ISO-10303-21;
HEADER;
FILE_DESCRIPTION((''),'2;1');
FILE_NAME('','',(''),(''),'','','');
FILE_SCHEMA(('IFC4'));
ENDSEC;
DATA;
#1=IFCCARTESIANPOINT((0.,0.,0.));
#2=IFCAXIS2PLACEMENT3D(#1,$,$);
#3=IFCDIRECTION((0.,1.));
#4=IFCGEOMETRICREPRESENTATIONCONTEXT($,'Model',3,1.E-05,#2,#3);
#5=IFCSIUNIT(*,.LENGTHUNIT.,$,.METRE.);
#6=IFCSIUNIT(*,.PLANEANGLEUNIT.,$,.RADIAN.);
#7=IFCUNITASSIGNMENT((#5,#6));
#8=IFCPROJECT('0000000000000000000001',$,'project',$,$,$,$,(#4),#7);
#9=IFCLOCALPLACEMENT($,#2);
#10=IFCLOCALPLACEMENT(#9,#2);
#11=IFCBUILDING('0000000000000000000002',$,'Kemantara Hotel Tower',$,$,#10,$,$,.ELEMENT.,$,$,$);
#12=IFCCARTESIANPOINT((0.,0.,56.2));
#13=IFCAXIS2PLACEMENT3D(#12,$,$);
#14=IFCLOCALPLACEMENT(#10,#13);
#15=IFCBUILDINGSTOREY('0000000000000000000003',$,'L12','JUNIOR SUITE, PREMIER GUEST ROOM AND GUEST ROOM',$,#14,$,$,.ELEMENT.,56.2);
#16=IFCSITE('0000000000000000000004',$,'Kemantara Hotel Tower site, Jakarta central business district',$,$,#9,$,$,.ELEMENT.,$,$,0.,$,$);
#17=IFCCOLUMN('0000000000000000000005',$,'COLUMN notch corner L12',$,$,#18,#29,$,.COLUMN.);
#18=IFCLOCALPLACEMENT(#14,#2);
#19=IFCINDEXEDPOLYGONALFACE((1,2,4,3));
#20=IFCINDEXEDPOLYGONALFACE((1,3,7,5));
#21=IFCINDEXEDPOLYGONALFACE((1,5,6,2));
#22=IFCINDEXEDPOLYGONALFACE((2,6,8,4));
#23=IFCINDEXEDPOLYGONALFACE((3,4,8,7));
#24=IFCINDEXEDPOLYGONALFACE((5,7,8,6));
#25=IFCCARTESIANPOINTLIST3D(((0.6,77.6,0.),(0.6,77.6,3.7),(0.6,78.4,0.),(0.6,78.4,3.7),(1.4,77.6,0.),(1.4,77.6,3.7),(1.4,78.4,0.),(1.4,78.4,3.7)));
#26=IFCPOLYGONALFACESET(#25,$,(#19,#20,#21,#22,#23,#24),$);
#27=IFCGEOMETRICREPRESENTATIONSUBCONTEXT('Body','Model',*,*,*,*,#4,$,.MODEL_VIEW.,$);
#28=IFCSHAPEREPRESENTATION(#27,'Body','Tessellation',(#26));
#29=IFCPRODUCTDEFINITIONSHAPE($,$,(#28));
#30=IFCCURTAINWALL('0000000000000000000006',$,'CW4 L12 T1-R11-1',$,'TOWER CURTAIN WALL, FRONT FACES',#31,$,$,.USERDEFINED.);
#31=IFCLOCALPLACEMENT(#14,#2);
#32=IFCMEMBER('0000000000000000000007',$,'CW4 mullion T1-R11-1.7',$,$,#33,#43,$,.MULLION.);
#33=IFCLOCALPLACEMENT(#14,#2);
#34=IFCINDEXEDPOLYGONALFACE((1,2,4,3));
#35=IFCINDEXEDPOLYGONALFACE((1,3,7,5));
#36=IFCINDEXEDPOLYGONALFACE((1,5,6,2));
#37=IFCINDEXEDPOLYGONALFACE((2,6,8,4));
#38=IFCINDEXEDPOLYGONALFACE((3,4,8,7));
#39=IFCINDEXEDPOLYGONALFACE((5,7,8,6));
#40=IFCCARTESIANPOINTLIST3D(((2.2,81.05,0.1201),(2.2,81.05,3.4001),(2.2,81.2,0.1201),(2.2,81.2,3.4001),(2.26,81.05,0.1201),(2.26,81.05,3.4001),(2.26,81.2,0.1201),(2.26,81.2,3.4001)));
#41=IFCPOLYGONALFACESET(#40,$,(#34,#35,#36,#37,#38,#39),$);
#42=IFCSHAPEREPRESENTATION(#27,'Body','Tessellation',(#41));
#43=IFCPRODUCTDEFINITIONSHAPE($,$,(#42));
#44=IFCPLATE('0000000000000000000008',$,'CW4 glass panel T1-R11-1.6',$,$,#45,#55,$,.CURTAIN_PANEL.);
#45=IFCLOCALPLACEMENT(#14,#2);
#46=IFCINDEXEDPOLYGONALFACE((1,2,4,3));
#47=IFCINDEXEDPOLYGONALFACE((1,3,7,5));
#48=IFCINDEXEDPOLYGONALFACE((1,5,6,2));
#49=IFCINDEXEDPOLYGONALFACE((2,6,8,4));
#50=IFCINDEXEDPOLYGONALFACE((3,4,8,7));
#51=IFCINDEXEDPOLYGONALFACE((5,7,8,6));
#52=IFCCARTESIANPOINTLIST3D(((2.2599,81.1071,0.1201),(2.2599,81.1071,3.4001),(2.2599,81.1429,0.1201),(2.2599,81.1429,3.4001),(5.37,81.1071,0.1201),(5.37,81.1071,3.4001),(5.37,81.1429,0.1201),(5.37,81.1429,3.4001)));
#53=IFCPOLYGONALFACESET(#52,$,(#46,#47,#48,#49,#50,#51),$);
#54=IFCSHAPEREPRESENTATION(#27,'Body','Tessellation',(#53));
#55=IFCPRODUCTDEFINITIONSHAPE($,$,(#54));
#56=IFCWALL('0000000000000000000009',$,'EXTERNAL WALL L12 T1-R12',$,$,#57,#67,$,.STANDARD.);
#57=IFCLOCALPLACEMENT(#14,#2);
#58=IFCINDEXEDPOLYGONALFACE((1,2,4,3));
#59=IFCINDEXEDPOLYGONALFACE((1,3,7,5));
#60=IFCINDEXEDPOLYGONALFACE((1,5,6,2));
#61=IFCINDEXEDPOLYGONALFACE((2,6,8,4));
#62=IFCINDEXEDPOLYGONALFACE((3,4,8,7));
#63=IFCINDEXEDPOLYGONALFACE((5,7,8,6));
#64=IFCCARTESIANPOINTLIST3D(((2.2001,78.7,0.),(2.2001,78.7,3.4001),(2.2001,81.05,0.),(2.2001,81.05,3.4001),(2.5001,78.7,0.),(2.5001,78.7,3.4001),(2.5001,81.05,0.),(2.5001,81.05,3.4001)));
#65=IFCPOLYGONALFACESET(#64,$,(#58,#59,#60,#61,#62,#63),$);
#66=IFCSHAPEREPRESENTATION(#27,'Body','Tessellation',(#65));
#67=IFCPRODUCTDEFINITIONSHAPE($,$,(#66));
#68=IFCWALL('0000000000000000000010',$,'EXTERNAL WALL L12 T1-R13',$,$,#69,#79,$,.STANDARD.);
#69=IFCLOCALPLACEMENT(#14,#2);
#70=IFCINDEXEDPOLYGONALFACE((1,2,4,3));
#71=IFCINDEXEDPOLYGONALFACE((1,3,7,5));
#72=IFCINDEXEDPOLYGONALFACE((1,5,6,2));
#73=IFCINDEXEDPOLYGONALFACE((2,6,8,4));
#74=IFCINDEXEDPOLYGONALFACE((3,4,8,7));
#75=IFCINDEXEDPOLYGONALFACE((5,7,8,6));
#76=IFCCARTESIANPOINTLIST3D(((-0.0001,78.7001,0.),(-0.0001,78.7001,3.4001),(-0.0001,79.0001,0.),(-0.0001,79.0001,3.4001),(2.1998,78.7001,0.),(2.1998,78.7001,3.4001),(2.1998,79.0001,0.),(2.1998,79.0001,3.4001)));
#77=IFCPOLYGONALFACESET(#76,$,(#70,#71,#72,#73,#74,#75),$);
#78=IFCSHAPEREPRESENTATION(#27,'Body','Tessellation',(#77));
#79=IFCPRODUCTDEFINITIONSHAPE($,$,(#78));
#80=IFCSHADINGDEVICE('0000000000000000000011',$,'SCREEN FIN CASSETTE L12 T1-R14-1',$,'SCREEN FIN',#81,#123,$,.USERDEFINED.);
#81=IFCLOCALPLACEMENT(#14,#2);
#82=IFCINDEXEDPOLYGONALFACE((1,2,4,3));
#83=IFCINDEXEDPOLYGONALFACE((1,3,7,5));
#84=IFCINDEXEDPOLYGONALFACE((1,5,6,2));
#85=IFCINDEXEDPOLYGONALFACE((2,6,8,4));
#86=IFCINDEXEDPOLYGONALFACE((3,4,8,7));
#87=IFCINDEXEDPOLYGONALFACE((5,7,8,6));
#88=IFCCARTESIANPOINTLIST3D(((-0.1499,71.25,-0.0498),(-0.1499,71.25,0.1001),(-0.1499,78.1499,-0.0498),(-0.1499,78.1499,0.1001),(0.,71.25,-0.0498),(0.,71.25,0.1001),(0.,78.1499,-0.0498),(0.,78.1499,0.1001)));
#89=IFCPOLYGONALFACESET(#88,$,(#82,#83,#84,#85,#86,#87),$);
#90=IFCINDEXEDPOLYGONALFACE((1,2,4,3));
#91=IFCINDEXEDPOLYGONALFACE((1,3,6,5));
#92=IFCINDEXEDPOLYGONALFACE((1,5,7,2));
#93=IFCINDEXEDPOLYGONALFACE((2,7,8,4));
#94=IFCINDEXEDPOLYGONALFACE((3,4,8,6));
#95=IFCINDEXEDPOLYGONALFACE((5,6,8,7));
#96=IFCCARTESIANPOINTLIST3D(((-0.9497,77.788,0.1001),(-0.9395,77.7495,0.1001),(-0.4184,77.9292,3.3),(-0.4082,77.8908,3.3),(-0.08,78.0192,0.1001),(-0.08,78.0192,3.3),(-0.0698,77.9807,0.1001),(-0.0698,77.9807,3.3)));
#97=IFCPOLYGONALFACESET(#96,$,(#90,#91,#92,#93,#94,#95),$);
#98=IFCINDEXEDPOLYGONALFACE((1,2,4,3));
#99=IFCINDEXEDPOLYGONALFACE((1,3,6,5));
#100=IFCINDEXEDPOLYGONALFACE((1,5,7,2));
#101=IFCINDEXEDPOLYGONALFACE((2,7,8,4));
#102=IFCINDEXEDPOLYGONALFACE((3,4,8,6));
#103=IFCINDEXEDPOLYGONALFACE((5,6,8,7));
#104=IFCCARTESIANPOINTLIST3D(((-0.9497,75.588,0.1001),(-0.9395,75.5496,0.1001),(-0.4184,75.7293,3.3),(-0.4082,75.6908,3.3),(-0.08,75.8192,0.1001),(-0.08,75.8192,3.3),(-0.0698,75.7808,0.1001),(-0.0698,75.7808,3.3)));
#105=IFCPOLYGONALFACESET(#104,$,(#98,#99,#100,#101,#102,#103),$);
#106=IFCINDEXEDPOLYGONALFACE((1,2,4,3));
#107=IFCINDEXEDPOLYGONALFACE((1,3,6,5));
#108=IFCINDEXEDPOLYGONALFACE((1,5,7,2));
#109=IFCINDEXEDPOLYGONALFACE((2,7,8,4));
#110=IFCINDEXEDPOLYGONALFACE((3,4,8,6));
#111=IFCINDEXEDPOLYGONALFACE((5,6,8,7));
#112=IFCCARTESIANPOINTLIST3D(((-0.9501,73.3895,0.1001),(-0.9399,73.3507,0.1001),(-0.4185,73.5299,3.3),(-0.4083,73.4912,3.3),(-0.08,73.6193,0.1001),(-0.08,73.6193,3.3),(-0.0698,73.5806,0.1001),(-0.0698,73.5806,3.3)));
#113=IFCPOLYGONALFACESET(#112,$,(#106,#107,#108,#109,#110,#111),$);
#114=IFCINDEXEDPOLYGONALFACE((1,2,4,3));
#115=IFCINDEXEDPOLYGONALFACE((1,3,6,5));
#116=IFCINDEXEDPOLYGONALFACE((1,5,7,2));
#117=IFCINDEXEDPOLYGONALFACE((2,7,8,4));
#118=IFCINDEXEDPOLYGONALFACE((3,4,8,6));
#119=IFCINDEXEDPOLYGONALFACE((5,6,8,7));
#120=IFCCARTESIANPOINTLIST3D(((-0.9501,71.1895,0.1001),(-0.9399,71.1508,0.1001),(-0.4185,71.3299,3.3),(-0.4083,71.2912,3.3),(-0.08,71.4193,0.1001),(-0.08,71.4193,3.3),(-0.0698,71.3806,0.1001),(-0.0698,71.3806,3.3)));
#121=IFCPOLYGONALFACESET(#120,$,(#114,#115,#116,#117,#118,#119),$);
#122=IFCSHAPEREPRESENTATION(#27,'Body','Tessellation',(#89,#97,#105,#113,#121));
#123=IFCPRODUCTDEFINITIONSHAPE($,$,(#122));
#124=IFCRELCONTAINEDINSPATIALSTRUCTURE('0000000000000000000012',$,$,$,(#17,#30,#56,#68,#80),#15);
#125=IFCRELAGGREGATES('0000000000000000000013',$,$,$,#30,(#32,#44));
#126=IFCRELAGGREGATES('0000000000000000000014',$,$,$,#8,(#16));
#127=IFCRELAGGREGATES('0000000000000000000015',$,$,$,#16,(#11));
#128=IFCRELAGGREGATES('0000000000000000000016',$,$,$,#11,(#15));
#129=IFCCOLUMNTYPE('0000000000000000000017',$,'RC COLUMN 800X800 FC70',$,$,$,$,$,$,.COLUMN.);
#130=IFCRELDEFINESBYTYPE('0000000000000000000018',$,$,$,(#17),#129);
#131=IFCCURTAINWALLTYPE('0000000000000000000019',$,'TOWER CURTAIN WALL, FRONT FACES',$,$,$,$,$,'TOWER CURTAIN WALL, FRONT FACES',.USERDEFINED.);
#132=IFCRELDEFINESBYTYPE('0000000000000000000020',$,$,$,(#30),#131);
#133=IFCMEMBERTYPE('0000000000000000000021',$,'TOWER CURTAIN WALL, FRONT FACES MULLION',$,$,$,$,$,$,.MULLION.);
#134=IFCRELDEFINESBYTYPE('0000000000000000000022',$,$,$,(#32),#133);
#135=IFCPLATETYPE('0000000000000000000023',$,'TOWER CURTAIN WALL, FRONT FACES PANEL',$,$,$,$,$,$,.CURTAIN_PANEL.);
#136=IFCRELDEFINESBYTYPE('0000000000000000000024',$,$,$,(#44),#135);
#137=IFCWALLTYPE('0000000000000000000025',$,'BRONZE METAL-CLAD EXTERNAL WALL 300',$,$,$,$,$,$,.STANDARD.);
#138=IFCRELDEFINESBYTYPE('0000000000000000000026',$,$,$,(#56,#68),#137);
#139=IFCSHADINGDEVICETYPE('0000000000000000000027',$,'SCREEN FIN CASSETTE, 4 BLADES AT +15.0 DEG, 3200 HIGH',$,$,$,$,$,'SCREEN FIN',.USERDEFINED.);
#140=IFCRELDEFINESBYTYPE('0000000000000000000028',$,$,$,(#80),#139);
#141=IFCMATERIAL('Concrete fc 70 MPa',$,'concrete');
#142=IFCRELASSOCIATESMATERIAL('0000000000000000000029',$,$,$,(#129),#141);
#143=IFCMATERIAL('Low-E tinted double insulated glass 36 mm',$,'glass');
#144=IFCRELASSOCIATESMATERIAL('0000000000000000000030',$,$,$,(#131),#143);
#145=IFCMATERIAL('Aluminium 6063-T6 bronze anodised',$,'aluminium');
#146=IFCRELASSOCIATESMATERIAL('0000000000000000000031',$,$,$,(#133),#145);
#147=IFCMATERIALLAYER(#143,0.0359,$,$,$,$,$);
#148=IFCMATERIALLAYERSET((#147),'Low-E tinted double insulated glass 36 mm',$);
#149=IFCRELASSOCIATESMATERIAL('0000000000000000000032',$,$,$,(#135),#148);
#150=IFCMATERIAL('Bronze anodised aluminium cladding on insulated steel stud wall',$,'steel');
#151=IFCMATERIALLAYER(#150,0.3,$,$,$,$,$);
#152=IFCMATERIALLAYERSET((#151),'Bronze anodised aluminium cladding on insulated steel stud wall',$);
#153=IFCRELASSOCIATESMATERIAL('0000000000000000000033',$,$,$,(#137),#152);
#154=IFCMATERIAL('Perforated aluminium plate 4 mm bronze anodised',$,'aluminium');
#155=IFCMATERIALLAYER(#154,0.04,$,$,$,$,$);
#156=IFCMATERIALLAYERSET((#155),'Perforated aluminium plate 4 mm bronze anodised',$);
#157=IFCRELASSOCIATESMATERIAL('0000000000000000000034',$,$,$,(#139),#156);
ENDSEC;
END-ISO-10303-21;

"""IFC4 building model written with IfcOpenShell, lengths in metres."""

from ifc_helpers import new_model, si_unit, direction, frame, frame_2d, origin, origin_2d, place, context, subcontext, project, spatial, polyline, rectangle, outline, extrude, source, transform, mapped, material, layer, layer_set, material_profile, profile_set, type_object, element, aggregate, save


model = new_model("IFC4")

# Units and contexts
model_context = context("Model", 3, precision=1e-05, world=origin(), true_north=direction((0.0, 1.0)))
body_context = subcontext(model_context, "Body", "Model", "MODEL_VIEW")
ifc_project = project(units=[si_unit("LENGTHUNIT", "METRE"), si_unit("PLANEANGLEUNIT", "RADIAN")], contexts=[model_context])

# Site, building, storey
site_placement = place(None, origin())
site = spatial("IfcSite", under=ifc_project, at=site_placement, Name="Kemantara Hotel Tower site, Jakarta central business district", CompositionType="ELEMENT", RefElevation=0.0)
building_placement = place(site_placement, origin())
building = spatial("IfcBuilding", under=site, at=building_placement, Name="Kemantara Hotel Tower", CompositionType="ELEMENT")
storey_placement = place(building_placement, frame((0.0, 0.0, 56.2)))
storey = spatial("IfcBuildingStorey", under=building, at=storey_placement, Name="L12", Description="JUNIOR SUITE, PREMIER GUEST ROOM AND GUEST ROOM", CompositionType="ELEMENT", Elevation=56.2)

# Column
ifc_material_1 = material(Name="Concrete fc 70 MPa", Category="concrete")
ifc_material_profile_1 = material_profile(ifc_material_1, rectangle(XDim=0.8, YDim=0.8, at=origin_2d()), Name="RC 800X800")
ifc_profile_set_1 = profile_set([ifc_material_profile_1], Name="Concrete fc 70 MPa")
column_type = type_object("IfcColumnType", Name="RC COLUMN 800X800 FC70", PredefinedType="COLUMN", material=ifc_profile_set_1)
column_placement = place(storey_placement, frame((1.0, 78.0, 0.0), z_axis=(0.0, 0.0, 1.0), x_axis=(1.0, 0.0, 0.0)))
element("IfcColumn", 1, at=column_placement, inside=storey, type_object=column_type, Name="COLUMN notch corner L12", PredefinedType="COLUMN", context=body_context, shape_type="SweptSolid", body=[
    extrude(rectangle(XDim=0.8, YDim=0.8, at=origin_2d()), origin(), (0.0, 0.0, 1.0), 3.7),
])

# Curtain wall, member, plate
ifc_material_2 = material(Name="Low-E tinted double insulated glass 36 mm", Category="glass")
curtain_wall_type = type_object("IfcCurtainWallType", Name="TOWER CURTAIN WALL, FRONT FACES", ElementType="TOWER CURTAIN WALL, FRONT FACES", PredefinedType="USERDEFINED", material=ifc_material_2)
curtain_wall_placement = place(storey_placement, origin())
curtain_wall = element("IfcCurtainWall", 2, at=curtain_wall_placement, inside=storey, type_object=curtain_wall_type, Name="CW4 L12 T1-R11-1", ObjectType="TOWER CURTAIN WALL, FRONT FACES", PredefinedType="USERDEFINED")
ifc_material_3 = material(Name="Aluminium 6063-T6 bronze anodised", Category="aluminium")
ifc_material_profile_2 = material_profile(ifc_material_3, rectangle(XDim=0.1499, YDim=0.0601, at=origin_2d()), Name="TOWER CURTAIN WALL, FRONT FACES MULLION")
ifc_profile_set_2 = profile_set([ifc_material_profile_2], Name="Aluminium 6063-T6 bronze anodised")
member_type = type_object("IfcMemberType", Name="TOWER CURTAIN WALL, FRONT FACES MULLION", PredefinedType="MULLION", material=ifc_profile_set_2)
shared_shape_1 = source(origin(), body_context, "Body", "SweptSolid", [
    extrude(rectangle(XDim=0.1499, YDim=0.0601, at=origin_2d()), origin(), (0.0, 0.0, 1.0), 3.28),
])
member_placement = place(storey_placement, frame((2.23, 81.125, 0.1201), z_axis=(0.0, 0.0, 1.0), x_axis=(0.0, -1.0, 0.0)))
member = element("IfcMember", 3, at=member_placement, type_object=member_type, Name="CW4 mullion T1-R11-1.7", PredefinedType="MULLION", context=body_context, shape_type="MappedRepresentation", body=[
    mapped(shared_shape_1, transform((0.0, 0.0, 0.0))),
])
ifc_layer_1 = layer(ifc_material_2, 0.0359)
ifc_layer_set_1 = layer_set([ifc_layer_1], Name="Low-E tinted double insulated glass 36 mm")
plate_type = type_object("IfcPlateType", Name="TOWER CURTAIN WALL, FRONT FACES PANEL", PredefinedType="CURTAIN_PANEL", material=ifc_layer_set_1)
shared_shape_2 = source(origin(), body_context, "Body", "SweptSolid", [
    extrude(rectangle(XDim=3.1101, YDim=0.0359, at=origin_2d()), origin(), (0.0, 0.0, 1.0), 3.28),
])
plate_placement = place(storey_placement, frame((3.8149, 81.125, 0.1201), z_axis=(0.0, 0.0, 1.0), x_axis=(-1.0, 0.0, 0.0)))
plate = element("IfcPlate", 4, at=plate_placement, type_object=plate_type, Name="CW4 glass panel T1-R11-1.6", PredefinedType="CURTAIN_PANEL", context=body_context, shape_type="MappedRepresentation", body=[
    mapped(shared_shape_2, transform((0.0, 0.0, 0.0))),
])
aggregate(curtain_wall, [member, plate])

# Walls
ifc_material_4 = material(Name="Bronze anodised aluminium cladding on insulated steel stud wall", Category="steel")
ifc_layer_2 = layer(ifc_material_4, 0.3)
ifc_layer_set_2 = layer_set([ifc_layer_2], Name="Bronze anodised aluminium cladding on insulated steel stud wall")
wall_type = type_object("IfcWallType", Name="BRONZE METAL-CLAD EXTERNAL WALL 300", PredefinedType="STANDARD", material=ifc_layer_set_2)
wall_1_placement = place(storey_placement, frame((2.3501, 81.05, 0.0), z_axis=(0.0, 0.0, 1.0), x_axis=(0.0, -1.0, 0.0)))
element("IfcWall", 5, at=wall_1_placement, inside=storey, type_object=wall_type, Name="EXTERNAL WALL L12 T1-R12", PredefinedType="STANDARD", context=body_context, shape_type="SweptSolid", body=[
    extrude(rectangle(XDim=2.3501, YDim=0.3, at=frame_2d((1.175, 0.0))), origin(), (0.0, 0.0, 1.0), 3.4001),
])
wall_2_placement = place(storey_placement, frame((2.2, 78.8501, 0.0), z_axis=(0.0, 0.0, 1.0), x_axis=(-1.0, 0.0, 0.0)))
element("IfcWall", 6, at=wall_2_placement, inside=storey, type_object=wall_type, Name="EXTERNAL WALL L12 T1-R13", PredefinedType="STANDARD", context=body_context, shape_type="SweptSolid", body=[
    extrude(rectangle(XDim=2.2, YDim=0.3, at=frame_2d((1.1001, 0.0))), origin(), (0.0, 0.0, 1.0), 3.4001),
])

# Shading device
ifc_material_5 = material(Name="Perforated aluminium plate 4 mm bronze anodised", Category="aluminium")
ifc_layer_3 = layer(ifc_material_5, 0.04)
ifc_layer_set_3 = layer_set([ifc_layer_3], Name="Perforated aluminium plate 4 mm bronze anodised")
shading_device_type = type_object("IfcShadingDeviceType", Name="SCREEN FIN CASSETTE, 4 BLADES AT +15.0 DEG, 3200 HIGH", ElementType="SCREEN FIN", PredefinedType="USERDEFINED", material=ifc_layer_set_3)
shared_shape_3 = source(origin(), body_context, "Body", "SweptSolid", [
    extrude(rectangle(XDim=6.8999, YDim=0.1499, at=origin_2d()), frame((3.3, -0.075, -0.1499), z_axis=(0.0, 0.0, 1.0), x_axis=(1.0, 0.0, 0.0)), (0.0, 0.0, 1.0), 0.1499),
    extrude(outline(polyline([(0.0, 0.0), (0.8999, 0.0), (0.3501, 3.2), (0.0, 3.2), (0.0, 0.0)])), frame((0.0193, -0.0698, 0.0), z_axis=(-0.966438, -0.256901, 0.0), x_axis=(0.256901, -0.966438, 0.0)), (0.0, 0.0, 1.0), 0.0398),
    extrude(outline(polyline([(0.0, 0.0), (0.8999, 0.0), (0.3501, 3.2), (0.0, 3.2), (0.0, 0.0)])), frame((2.2192, -0.0698, 0.0), z_axis=(-0.966438, -0.256901, 0.0), x_axis=(0.256901, -0.966438, 0.0)), (0.0, 0.0, 1.0), 0.0398),
    extrude(outline(polyline([(0.0, 0.0), (0.8999, 0.0), (0.3501, 3.2), (0.0, 3.2), (0.0, 0.0)])), frame((4.4194, -0.0698, 0.0), z_axis=(-0.966838, -0.255391, 0.0), x_axis=(0.255391, -0.966838, 0.0)), (0.0, 0.0, 1.0), 0.04),
    extrude(outline(polyline([(0.0, 0.0), (0.8999, 0.0), (0.3501, 3.2), (0.0, 3.2), (0.0, 0.0)])), frame((6.6194, -0.0698, 0.0), z_axis=(-0.966838, -0.255391, 0.0), x_axis=(0.255391, -0.966838, 0.0)), (0.0, 0.0, 1.0), 0.04),
])
shading_device_placement = place(storey_placement, frame((0.0, 78.0, 0.1001), z_axis=(0.0, 0.0, 1.0), x_axis=(0.0, -1.0, 0.0)))
element("IfcShadingDevice", 7, at=shading_device_placement, inside=storey, type_object=shading_device_type, Name="SCREEN FIN CASSETTE L12 T1-R14-1", ObjectType="SCREEN FIN", PredefinedType="USERDEFINED", context=body_context, shape_type="MappedRepresentation", body=[
    mapped(shared_shape_3, transform((0.0, 0.0, 0.0))),
])

save(model, "model.ifc")
